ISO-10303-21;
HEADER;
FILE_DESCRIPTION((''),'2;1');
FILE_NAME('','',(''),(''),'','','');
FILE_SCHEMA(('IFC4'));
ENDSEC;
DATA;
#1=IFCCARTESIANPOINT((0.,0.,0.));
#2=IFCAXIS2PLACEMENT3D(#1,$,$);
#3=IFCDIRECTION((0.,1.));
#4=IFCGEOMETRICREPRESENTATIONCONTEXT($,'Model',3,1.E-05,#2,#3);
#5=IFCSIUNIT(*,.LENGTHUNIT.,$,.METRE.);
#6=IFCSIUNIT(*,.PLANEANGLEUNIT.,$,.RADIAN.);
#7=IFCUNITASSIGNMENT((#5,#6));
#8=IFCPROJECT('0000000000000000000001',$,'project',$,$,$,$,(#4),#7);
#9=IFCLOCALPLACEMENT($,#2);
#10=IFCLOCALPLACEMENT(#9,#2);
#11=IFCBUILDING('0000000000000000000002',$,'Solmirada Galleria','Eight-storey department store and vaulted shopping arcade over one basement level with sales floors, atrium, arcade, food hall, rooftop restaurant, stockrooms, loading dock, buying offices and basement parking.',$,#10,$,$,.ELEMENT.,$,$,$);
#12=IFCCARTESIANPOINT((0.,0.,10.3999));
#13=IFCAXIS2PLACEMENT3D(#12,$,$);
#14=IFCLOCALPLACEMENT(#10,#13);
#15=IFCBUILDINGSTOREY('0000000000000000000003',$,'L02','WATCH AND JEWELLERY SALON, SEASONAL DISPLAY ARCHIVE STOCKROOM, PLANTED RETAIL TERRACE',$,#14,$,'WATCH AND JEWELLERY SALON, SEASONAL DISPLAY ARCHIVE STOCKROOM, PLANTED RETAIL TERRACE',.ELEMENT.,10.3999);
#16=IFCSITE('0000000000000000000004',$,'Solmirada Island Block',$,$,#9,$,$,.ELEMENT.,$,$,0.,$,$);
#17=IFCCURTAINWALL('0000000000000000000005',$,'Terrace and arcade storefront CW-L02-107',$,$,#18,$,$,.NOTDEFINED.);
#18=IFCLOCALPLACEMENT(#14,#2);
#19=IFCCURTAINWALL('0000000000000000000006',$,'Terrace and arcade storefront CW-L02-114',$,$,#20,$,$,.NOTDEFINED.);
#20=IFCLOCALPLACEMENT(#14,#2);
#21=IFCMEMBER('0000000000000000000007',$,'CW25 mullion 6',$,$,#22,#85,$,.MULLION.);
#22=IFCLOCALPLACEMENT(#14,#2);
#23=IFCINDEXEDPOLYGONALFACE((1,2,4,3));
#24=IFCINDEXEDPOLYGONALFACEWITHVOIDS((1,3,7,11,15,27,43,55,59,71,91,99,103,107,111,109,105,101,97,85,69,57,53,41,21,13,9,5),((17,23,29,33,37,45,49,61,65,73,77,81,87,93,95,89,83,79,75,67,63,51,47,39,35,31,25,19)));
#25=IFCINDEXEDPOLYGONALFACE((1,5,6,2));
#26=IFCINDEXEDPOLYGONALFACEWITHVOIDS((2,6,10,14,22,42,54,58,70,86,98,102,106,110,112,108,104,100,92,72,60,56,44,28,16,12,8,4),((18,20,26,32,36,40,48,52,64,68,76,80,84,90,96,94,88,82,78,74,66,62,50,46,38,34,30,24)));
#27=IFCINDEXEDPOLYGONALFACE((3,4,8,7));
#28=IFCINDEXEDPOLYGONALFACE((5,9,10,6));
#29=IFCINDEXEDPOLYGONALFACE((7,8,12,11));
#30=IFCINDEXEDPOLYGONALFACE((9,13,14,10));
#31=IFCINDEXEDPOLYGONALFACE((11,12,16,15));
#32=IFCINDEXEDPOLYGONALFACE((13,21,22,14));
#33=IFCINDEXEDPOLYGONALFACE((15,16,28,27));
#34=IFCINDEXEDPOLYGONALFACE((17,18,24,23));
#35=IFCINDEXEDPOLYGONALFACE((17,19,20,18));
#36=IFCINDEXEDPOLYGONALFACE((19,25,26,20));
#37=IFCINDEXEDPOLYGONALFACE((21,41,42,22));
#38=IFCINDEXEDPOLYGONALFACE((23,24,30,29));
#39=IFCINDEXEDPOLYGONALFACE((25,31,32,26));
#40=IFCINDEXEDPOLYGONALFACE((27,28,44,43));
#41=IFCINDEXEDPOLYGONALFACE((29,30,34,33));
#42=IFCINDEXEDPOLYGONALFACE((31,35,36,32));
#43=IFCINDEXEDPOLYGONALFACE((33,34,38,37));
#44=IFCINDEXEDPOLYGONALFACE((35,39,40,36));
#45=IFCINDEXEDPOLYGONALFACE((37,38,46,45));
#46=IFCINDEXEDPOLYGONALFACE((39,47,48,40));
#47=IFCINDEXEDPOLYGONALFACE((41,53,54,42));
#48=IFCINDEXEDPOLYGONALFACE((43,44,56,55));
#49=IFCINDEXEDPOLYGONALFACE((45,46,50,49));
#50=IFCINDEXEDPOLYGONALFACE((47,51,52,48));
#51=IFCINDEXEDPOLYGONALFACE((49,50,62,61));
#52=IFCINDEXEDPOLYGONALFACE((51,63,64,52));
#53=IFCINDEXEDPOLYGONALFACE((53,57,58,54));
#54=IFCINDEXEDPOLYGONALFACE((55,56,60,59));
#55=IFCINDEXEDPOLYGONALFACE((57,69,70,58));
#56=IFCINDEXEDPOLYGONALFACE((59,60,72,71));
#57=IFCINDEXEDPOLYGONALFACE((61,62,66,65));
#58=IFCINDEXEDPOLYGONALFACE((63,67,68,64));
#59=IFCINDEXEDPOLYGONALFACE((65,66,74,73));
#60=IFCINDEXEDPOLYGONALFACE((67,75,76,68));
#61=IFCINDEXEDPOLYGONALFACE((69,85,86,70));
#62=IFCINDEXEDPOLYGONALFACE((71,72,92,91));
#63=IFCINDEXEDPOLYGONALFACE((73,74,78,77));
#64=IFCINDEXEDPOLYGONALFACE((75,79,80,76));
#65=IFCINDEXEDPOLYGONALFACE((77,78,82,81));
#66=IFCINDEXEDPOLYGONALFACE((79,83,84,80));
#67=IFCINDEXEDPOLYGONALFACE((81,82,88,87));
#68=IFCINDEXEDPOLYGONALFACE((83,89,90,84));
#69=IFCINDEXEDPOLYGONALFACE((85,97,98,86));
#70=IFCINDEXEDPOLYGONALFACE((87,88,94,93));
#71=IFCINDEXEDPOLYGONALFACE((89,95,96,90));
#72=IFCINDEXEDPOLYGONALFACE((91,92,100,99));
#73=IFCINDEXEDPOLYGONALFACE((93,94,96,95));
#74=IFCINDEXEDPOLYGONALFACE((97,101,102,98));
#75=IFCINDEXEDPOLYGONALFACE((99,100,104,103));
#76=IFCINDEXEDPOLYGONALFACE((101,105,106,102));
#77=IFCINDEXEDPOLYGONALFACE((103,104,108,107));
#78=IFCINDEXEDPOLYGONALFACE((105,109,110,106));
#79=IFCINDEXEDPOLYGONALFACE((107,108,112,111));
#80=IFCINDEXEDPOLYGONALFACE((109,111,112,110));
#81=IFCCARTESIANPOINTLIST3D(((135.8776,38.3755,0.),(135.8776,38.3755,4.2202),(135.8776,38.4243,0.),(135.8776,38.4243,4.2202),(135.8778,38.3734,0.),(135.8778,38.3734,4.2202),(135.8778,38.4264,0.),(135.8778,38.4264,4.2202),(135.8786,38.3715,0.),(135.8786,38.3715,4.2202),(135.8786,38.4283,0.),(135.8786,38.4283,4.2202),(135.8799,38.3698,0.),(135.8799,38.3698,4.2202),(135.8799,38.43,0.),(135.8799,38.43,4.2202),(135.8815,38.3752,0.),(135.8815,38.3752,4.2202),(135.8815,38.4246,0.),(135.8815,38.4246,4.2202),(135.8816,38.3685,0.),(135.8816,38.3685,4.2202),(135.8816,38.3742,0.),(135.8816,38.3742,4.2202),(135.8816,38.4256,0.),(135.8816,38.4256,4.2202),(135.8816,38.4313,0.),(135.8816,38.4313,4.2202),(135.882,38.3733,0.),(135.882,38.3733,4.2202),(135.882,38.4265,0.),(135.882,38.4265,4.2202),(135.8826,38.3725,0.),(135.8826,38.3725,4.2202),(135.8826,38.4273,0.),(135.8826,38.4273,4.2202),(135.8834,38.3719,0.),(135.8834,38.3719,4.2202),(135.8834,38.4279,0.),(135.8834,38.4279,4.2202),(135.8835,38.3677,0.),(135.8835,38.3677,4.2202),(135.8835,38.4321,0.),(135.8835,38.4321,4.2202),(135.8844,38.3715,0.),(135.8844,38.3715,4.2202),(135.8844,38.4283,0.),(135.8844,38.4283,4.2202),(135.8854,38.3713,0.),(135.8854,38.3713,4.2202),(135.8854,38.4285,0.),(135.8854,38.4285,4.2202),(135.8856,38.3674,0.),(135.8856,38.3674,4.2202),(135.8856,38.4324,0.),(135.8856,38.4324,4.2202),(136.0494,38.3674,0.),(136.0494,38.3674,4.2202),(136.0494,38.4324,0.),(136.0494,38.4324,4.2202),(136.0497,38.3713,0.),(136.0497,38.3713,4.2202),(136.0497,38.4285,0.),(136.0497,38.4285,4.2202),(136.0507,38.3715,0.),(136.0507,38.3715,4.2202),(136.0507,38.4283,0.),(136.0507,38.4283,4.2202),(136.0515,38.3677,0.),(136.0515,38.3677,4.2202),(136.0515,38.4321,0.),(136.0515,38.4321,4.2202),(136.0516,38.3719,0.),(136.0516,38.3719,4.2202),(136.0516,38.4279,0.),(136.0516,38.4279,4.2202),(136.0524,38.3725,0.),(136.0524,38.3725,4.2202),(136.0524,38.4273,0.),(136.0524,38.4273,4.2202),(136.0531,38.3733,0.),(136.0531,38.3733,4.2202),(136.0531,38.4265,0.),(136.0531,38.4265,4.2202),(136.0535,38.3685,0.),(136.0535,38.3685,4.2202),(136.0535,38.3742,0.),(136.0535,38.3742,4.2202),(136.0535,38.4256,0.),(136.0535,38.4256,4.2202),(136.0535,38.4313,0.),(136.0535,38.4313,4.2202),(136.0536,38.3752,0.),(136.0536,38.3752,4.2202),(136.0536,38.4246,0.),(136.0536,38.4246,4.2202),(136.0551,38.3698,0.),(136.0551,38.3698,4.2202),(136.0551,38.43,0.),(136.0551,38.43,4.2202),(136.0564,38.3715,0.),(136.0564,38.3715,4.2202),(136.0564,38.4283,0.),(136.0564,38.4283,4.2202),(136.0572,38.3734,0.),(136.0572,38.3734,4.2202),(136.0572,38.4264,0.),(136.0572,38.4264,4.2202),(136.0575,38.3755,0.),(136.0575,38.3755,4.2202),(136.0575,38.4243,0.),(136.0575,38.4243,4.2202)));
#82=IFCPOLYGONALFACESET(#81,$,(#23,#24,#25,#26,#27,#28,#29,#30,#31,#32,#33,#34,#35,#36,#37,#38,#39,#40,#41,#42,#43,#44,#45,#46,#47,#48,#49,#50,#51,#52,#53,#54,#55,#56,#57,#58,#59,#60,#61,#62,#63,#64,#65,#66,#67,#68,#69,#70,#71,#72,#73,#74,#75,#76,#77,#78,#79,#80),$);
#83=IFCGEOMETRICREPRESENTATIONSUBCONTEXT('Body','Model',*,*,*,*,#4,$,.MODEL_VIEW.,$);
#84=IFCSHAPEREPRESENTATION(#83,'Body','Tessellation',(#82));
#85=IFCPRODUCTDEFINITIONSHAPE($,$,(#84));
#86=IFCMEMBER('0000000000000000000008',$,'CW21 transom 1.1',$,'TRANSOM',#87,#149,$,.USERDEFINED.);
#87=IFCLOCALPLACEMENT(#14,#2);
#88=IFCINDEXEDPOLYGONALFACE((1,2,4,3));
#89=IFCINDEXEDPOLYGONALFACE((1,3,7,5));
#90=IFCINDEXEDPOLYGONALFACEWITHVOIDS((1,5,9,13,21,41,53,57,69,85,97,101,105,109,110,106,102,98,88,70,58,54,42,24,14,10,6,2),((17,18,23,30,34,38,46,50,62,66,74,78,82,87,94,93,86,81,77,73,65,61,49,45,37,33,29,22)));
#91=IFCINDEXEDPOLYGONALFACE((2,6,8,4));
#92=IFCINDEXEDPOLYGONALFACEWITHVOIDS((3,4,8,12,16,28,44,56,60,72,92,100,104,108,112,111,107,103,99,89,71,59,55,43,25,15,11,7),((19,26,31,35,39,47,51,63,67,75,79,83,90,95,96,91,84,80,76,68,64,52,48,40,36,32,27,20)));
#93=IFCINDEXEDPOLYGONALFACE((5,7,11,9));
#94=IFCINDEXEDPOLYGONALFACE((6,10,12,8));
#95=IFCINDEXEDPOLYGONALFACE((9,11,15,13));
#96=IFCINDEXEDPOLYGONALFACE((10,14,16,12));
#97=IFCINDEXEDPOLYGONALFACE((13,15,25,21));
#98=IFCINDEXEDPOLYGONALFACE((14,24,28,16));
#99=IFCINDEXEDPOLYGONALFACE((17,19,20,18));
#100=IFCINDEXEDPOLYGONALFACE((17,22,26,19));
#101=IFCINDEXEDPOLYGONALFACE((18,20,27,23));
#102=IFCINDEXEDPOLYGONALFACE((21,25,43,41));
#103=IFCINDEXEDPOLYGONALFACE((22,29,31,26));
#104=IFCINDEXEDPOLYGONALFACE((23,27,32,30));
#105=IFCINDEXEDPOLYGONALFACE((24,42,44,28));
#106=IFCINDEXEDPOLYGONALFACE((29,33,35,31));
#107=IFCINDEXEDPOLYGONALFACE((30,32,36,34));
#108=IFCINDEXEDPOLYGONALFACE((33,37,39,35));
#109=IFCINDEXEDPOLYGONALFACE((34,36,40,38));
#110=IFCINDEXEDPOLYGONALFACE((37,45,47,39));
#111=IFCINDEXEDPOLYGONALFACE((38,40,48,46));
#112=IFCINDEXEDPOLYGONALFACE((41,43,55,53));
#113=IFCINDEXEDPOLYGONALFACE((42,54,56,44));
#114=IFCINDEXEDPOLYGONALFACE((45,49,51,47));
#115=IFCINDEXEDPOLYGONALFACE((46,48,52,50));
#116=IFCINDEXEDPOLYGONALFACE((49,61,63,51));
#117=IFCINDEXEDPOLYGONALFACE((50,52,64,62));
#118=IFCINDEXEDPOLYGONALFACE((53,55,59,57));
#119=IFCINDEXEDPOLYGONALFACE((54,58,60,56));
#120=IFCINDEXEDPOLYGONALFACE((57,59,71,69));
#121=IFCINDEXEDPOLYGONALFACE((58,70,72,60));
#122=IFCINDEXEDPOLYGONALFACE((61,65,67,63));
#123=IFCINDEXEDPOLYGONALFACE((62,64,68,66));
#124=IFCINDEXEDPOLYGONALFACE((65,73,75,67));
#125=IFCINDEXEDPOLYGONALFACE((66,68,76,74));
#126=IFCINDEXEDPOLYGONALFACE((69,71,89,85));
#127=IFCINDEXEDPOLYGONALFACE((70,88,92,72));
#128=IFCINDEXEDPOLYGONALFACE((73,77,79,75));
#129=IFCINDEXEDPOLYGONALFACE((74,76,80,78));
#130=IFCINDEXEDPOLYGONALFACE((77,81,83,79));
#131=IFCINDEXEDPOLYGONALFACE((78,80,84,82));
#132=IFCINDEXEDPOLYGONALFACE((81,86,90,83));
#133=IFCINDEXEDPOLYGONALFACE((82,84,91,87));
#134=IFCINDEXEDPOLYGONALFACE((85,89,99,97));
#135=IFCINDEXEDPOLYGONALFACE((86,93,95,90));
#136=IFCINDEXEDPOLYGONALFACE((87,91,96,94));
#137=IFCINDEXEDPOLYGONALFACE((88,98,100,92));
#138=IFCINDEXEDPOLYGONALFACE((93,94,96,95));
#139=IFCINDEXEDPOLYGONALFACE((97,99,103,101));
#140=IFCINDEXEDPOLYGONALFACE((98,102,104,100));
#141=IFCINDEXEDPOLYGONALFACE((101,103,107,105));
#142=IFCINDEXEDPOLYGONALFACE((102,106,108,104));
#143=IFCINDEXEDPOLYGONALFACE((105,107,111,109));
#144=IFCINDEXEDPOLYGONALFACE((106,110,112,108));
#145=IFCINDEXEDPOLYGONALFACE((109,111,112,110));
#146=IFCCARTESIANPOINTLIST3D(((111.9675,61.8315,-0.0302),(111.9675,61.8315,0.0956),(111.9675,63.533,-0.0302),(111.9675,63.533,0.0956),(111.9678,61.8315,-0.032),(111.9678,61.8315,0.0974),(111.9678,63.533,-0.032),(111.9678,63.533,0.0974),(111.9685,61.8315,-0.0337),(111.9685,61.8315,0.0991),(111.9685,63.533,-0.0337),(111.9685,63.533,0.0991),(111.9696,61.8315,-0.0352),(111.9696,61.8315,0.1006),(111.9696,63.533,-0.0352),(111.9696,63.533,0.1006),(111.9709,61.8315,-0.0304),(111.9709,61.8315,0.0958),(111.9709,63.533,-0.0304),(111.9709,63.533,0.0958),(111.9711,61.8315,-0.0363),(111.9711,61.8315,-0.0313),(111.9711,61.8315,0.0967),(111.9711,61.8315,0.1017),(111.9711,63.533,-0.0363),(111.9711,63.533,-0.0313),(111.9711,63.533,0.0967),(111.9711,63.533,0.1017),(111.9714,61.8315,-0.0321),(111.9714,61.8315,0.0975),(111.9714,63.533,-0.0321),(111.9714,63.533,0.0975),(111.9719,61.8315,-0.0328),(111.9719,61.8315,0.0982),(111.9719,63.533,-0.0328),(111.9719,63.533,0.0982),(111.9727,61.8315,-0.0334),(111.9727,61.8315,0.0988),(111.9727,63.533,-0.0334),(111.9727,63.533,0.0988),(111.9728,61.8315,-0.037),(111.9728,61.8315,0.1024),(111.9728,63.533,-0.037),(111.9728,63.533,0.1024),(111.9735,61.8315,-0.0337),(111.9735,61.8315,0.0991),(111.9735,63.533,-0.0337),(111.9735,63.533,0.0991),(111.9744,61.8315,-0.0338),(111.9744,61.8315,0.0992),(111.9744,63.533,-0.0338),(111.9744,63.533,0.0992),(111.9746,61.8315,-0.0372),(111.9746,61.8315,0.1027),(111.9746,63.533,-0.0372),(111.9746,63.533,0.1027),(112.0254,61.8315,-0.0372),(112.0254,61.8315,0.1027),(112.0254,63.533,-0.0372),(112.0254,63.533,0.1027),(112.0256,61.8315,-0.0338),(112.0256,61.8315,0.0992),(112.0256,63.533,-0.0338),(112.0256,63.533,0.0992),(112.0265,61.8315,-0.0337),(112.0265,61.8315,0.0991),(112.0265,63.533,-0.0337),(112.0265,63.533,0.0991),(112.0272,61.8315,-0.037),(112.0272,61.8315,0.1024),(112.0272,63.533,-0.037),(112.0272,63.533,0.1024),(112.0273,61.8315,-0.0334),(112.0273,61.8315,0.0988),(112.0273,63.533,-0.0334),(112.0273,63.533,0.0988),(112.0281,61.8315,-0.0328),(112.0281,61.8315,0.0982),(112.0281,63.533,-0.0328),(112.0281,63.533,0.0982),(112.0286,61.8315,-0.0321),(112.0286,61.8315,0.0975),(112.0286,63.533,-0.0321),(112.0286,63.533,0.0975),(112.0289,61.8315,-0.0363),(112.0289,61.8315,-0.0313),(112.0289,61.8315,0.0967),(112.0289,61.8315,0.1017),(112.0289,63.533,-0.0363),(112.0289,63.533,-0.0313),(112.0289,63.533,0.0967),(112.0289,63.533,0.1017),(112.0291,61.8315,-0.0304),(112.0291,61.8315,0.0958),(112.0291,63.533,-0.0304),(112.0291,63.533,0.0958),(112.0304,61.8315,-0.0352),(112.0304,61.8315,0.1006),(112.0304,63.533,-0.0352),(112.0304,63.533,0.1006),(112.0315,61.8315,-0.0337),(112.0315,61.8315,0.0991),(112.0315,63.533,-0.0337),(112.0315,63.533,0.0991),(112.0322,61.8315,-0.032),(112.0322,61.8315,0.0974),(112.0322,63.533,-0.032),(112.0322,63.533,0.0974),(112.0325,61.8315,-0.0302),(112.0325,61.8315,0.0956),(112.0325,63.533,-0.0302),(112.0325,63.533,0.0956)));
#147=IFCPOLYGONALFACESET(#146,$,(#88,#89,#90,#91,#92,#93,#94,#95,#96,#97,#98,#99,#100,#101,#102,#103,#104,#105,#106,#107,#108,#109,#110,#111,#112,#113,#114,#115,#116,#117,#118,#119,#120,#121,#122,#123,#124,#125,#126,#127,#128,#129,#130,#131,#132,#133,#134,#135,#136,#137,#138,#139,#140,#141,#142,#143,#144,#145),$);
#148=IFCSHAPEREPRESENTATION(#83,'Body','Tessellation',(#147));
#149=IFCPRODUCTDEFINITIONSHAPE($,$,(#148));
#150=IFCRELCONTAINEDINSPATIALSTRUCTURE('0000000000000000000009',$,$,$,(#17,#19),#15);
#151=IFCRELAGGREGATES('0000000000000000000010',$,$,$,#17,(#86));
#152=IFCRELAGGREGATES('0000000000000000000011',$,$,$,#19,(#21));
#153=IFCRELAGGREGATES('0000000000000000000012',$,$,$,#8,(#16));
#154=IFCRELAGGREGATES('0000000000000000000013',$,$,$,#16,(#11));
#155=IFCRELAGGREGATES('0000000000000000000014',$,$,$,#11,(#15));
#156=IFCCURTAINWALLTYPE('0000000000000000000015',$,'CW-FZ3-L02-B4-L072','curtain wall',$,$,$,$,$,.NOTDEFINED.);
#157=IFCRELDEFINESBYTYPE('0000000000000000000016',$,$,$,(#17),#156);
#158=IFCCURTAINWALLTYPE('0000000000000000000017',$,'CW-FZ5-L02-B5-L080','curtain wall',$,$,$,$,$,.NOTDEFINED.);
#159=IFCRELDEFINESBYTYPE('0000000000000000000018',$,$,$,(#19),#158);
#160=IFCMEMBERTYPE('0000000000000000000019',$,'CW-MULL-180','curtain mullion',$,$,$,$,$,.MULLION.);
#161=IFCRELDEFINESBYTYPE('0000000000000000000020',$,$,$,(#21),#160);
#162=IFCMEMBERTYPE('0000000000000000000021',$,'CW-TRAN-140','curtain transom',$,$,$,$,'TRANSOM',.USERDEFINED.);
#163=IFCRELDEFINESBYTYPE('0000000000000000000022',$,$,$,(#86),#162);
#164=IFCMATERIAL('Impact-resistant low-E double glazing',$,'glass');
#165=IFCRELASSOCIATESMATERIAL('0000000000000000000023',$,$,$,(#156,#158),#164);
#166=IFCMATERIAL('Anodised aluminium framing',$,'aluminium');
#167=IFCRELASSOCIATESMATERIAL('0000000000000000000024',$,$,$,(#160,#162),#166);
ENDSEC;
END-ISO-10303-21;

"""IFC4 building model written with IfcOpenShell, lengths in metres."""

from ifc_helpers import new_model, si_unit, direction, frame, origin, origin_2d, place, context, subcontext, project, spatial, hollow_rectangle, extrude, material, material_profile, profile_set, type_object, element, aggregate, save


model = new_model("IFC4")

# Units and contexts
model_context = context("Model", 3, precision=1e-05, world=origin(), true_north=direction((0.0, 1.0)))
body_context = subcontext(model_context, "Body", "Model", "MODEL_VIEW")
ifc_project = project(units=[si_unit("LENGTHUNIT", "METRE"), si_unit("PLANEANGLEUNIT", "RADIAN")], contexts=[model_context])

# Site, building, storey
site_placement = place(None, origin())
site = spatial("IfcSite", under=ifc_project, at=site_placement, Name="Solmirada Island Block", CompositionType="ELEMENT", RefElevation=0.0)
building_placement = place(site_placement, origin())
building = spatial("IfcBuilding", under=site, at=building_placement, Name="Solmirada Galleria", Description="Eight-storey department store and vaulted shopping arcade over one basement level with sales floors, atrium, arcade, food hall, rooftop restaurant, stockrooms, loading dock, buying offices and basement parking.", CompositionType="ELEMENT")
storey_placement = place(building_placement, frame((0.0, 0.0, 10.3999)))
storey = spatial("IfcBuildingStorey", under=building, at=storey_placement, Name="L02", Description="WATCH AND JEWELLERY SALON, SEASONAL DISPLAY ARCHIVE STOCKROOM, PLANTED RETAIL TERRACE", LongName="WATCH AND JEWELLERY SALON, SEASONAL DISPLAY ARCHIVE STOCKROOM, PLANTED RETAIL TERRACE", CompositionType="ELEMENT", Elevation=10.3999)

# Curtain walls, member
ifc_material_1 = material(Name="Impact-resistant low-E double glazing", Category="glass")
curtain_wall_type_1 = type_object("IfcCurtainWallType", Name="CW-FZ3-L02-B4-L072", Description="curtain wall", PredefinedType="NOTDEFINED", material=ifc_material_1)
curtain_wall_1_placement = place(storey_placement, origin())
curtain_wall_1 = element("IfcCurtainWall", 1, at=curtain_wall_1_placement, inside=storey, type_object=curtain_wall_type_1, Name="Terrace and arcade storefront CW-L02-107", PredefinedType="NOTDEFINED")
ifc_material_2 = material(Name="Anodised aluminium framing", Category="aluminium")
ifc_material_profile_1 = material_profile(ifc_material_2, hollow_rectangle(XDim=0.0649, YDim=0.1799, WallThickness=0.0039, InnerFilletRadius=0.0039, OuterFilletRadius=0.0081, at=origin_2d()), Name="ALU-MULL-180X65")
ifc_profile_set_1 = profile_set([ifc_material_profile_1], Name="Anodised aluminium framing")
member_type_1 = type_object("IfcMemberType", Name="CW-MULL-180", Description="curtain mullion", PredefinedType="MULLION", material=ifc_profile_set_1)
curtain_wall_type_2 = type_object("IfcCurtainWallType", Name="CW-FZ5-L02-B5-L080", Description="curtain wall", PredefinedType="NOTDEFINED", material=ifc_material_1)
curtain_wall_2_placement = place(storey_placement, origin())
curtain_wall_2 = element("IfcCurtainWall", 2, at=curtain_wall_2_placement, inside=storey, type_object=curtain_wall_type_2, Name="Terrace and arcade storefront CW-L02-114", PredefinedType="NOTDEFINED")
member_1_placement = place(storey_placement, frame((135.9675, 38.3999, 0.0), z_axis=(0.0, 0.0, 1.0), x_axis=(0.0, 1.0, 0.0)))
member_1 = element("IfcMember", 3, at=member_1_placement, type_object=member_type_1, Name="CW25 mullion 6", PredefinedType="MULLION", context=body_context, shape_type="SweptSolid", body=[
    extrude(hollow_rectangle(XDim=0.0649, YDim=0.1799, WallThickness=0.0039, InnerFilletRadius=0.0039, OuterFilletRadius=0.0081, at=origin_2d()), origin(), (0.0, 0.0, 1.0), 4.2202),
])

# Member
ifc_material_profile_2 = material_profile(ifc_material_2, hollow_rectangle(XDim=0.0649, YDim=0.1399, WallThickness=0.0034, InnerFilletRadius=0.0034, OuterFilletRadius=0.0071, at=origin_2d()), Name="ALU-TRAN-140X65")
ifc_profile_set_2 = profile_set([ifc_material_profile_2], Name="Anodised aluminium framing")
member_type_2 = type_object("IfcMemberType", Name="CW-TRAN-140", Description="curtain transom", ElementType="TRANSOM", PredefinedType="USERDEFINED", material=ifc_profile_set_2)
member_2_placement = place(storey_placement, frame((112.0, 63.533, 0.0327), z_axis=(0.0, -1.0, 0.0), x_axis=(1.0, 0.0, 0.0)))
member_2 = element("IfcMember", 4, at=member_2_placement, type_object=member_type_2, Name="CW21 transom 1.1", ObjectType="TRANSOM", PredefinedType="USERDEFINED", context=body_context, shape_type="SweptSolid", body=[
    extrude(hollow_rectangle(XDim=0.0649, YDim=0.1399, WallThickness=0.0034, InnerFilletRadius=0.0034, OuterFilletRadius=0.0071, at=origin_2d()), origin(), (0.0, 0.0, 1.0), 1.7014),
])

aggregate(curtain_wall_1, [member_2])
aggregate(curtain_wall_2, [member_1])

save(model, "model.ifc")
